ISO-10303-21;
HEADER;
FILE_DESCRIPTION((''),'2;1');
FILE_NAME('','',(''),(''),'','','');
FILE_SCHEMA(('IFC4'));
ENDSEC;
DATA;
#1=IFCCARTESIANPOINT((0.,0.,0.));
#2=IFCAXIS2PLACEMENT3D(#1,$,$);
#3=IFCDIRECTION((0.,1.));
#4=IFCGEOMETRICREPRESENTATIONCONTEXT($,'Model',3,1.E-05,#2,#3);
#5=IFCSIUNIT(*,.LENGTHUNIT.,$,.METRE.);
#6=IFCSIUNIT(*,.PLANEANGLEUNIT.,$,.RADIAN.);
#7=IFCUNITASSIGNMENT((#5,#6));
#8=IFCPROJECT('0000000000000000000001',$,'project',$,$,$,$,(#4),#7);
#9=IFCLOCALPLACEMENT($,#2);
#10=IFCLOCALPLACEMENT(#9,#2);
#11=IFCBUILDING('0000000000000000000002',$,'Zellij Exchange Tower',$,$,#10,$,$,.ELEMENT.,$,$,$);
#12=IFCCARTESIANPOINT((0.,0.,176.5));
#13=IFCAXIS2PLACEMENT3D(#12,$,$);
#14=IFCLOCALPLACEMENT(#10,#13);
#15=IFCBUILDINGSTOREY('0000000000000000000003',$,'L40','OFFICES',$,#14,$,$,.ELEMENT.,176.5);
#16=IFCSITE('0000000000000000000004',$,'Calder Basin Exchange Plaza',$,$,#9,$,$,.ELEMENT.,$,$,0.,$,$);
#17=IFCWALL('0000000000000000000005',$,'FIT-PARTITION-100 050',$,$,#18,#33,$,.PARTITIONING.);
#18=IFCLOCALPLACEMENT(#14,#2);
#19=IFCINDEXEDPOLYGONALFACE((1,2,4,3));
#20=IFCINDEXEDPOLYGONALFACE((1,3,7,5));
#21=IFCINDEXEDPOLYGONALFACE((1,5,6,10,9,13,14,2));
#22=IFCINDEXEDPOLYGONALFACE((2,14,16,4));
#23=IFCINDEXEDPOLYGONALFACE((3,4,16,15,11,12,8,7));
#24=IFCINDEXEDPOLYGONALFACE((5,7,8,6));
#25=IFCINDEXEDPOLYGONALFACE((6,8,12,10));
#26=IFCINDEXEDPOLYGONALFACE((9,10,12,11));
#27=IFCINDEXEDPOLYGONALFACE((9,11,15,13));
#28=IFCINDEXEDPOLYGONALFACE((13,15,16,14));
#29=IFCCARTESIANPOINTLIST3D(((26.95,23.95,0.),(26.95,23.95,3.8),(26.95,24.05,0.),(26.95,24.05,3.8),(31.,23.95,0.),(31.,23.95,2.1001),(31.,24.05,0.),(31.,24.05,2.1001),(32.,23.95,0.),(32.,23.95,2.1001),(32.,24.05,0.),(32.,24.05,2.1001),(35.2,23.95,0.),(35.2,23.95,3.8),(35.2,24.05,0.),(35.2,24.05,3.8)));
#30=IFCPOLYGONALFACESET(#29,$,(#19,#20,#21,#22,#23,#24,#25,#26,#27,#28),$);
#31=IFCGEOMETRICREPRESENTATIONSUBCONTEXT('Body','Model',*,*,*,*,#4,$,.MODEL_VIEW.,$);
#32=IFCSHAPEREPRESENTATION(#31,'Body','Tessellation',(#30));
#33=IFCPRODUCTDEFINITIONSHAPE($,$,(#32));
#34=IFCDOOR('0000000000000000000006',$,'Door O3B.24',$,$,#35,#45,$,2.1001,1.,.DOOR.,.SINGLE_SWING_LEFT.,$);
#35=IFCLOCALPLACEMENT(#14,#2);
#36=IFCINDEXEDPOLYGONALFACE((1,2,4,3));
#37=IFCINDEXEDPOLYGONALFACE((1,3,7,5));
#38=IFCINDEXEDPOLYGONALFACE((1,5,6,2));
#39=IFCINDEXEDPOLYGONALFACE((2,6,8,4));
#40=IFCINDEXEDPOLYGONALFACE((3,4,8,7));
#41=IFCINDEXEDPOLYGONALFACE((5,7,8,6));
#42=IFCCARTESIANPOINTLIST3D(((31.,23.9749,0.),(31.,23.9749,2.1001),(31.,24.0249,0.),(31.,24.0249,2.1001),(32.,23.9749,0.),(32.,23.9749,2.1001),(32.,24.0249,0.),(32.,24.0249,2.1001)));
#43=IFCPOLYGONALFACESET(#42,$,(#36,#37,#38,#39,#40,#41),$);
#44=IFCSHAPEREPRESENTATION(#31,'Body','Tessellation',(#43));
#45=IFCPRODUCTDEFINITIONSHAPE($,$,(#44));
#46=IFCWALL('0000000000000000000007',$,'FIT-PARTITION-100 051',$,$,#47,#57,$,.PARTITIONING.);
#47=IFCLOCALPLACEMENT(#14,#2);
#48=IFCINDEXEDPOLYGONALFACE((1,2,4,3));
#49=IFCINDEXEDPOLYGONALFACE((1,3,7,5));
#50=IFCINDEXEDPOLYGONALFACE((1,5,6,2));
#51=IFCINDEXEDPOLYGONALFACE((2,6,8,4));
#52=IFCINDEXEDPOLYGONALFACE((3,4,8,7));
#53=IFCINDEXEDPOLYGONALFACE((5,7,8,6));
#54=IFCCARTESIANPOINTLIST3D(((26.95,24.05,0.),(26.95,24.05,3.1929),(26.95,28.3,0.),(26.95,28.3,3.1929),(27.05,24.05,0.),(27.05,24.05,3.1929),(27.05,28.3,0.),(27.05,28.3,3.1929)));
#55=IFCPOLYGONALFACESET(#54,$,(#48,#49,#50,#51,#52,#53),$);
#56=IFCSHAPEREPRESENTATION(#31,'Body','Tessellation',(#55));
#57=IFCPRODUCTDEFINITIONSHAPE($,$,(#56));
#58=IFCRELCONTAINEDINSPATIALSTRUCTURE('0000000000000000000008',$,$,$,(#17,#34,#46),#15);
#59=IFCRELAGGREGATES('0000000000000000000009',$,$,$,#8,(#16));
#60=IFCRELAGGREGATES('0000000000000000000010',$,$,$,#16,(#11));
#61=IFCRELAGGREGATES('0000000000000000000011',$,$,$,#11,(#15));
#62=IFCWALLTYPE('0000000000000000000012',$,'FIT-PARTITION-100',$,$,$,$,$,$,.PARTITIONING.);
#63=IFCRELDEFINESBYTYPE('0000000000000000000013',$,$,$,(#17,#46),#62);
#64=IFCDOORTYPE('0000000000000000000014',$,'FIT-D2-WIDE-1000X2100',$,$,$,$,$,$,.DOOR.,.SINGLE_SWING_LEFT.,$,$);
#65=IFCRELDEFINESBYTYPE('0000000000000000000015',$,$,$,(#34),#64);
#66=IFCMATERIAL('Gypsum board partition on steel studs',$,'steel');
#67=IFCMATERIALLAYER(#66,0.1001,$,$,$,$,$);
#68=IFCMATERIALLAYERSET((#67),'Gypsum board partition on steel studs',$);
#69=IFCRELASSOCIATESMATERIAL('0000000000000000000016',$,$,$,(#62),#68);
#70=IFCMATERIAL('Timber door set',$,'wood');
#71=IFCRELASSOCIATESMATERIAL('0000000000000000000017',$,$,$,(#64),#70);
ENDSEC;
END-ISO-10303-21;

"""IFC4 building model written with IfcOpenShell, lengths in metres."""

from ifc_helpers import new_model, si_unit, direction, frame, frame_2d, origin, place, context, subcontext, project, spatial, rectangle, extrude, material, layer, layer_set, type_object, element, fill, save


model = new_model("IFC4")

# Units and contexts
model_context = context("Model", 3, precision=1e-05, world=origin(), true_north=direction((0.0, 1.0)))
body_context = subcontext(model_context, "Body", "Model", "MODEL_VIEW")
ifc_project = project(units=[si_unit("LENGTHUNIT", "METRE"), si_unit("PLANEANGLEUNIT", "RADIAN")], contexts=[model_context])

# Site, building, storey
site_placement = place(None, origin())
site = spatial("IfcSite", under=ifc_project, at=site_placement, Name="Calder Basin Exchange Plaza", CompositionType="ELEMENT", RefElevation=0.0)
building_placement = place(site_placement, origin())
building = spatial("IfcBuilding", under=site, at=building_placement, Name="Zellij Exchange Tower", CompositionType="ELEMENT")
storey_placement = place(building_placement, frame((0.0, 0.0, 176.5)))
storey = spatial("IfcBuildingStorey", under=building, at=storey_placement, Name="L40", Description="OFFICES", CompositionType="ELEMENT", Elevation=176.5)

# Shared definitions
ifc_material_1 = material(Name="Gypsum board partition on steel studs", Category="steel")
ifc_layer = layer(ifc_material_1, 0.1001)
ifc_layer_set = layer_set([ifc_layer], Name="Gypsum board partition on steel studs")
wall_type = type_object("IfcWallType", Name="FIT-PARTITION-100", PredefinedType="PARTITIONING", material=ifc_layer_set)

# Wall, opening, door
wall_1_placement = place(storey_placement, frame((26.95, 24.0, 0.0), z_axis=(0.0, 0.0, 1.0), x_axis=(1.0, 0.0, 0.0)))
wall_1 = element("IfcWall", 1, at=wall_1_placement, inside=storey, type_object=wall_type, Name="FIT-PARTITION-100 050", PredefinedType="PARTITIONING", context=body_context, shape_type="SweptSolid", body=[
    extrude(rectangle(XDim=8.25, YDim=0.1001, at=frame_2d((4.125, 0.0))), origin(), (0.0, 0.0, 1.0), 3.8),
])
opening_placement = place(wall_1_placement, frame((4.05, 0.0, 0.0)))
opening = element("IfcOpeningElement", 2, at=opening_placement, cuts=wall_1, PredefinedType="OPENING", context=body_context, shape_type="SweptSolid", body=[
    extrude(rectangle(XDim=1.0, YDim=2.1001, at=frame_2d((0.5, 1.05))), frame((0.0, 0.062, 0.0), z_axis=(0.0, -1.0, 0.0), x_axis=(1.0, 0.0, 0.0)), (0.0, 0.0, 1.0), 0.124),
])
ifc_material_2 = material(Name="Timber door set", Category="wood")
door_type = type_object("IfcDoorType", Name="FIT-D2-WIDE-1000X2100", OperationType="SINGLE_SWING_LEFT", PredefinedType="DOOR", material=ifc_material_2)
door_placement = place(opening_placement, origin())
door = element("IfcDoor", 3, at=door_placement, inside=storey, type_object=door_type, Name="Door O3B.24", OperationType="SINGLE_SWING_LEFT", OverallHeight=2.1001, OverallWidth=1.0, PredefinedType="DOOR", context=body_context, shape_type="SweptSolid", body=[
    extrude(rectangle(XDim=1.0, YDim=2.1001, at=frame_2d((0.5, 1.05))), frame((0.0, 0.0249, 0.0), z_axis=(0.0, -1.0, 0.0), x_axis=(1.0, 0.0, 0.0)), (0.0, 0.0, 1.0), 0.05),
])
fill(opening, door)

# Wall
wall_2_placement = place(storey_placement, frame((27.0, 24.05, 0.0), z_axis=(0.0, 0.0, 1.0), x_axis=(0.0, 1.0, 0.0)))
element("IfcWall", 4, at=wall_2_placement, inside=storey, type_object=wall_type, Name="FIT-PARTITION-100 051", PredefinedType="PARTITIONING", context=body_context, shape_type="SweptSolid", body=[
    extrude(rectangle(XDim=4.25, YDim=0.1001, at=frame_2d((2.125, 0.0))), origin(), (0.0, 0.0, 1.0), 3.1929),
])

save(model, "model.ifc")
